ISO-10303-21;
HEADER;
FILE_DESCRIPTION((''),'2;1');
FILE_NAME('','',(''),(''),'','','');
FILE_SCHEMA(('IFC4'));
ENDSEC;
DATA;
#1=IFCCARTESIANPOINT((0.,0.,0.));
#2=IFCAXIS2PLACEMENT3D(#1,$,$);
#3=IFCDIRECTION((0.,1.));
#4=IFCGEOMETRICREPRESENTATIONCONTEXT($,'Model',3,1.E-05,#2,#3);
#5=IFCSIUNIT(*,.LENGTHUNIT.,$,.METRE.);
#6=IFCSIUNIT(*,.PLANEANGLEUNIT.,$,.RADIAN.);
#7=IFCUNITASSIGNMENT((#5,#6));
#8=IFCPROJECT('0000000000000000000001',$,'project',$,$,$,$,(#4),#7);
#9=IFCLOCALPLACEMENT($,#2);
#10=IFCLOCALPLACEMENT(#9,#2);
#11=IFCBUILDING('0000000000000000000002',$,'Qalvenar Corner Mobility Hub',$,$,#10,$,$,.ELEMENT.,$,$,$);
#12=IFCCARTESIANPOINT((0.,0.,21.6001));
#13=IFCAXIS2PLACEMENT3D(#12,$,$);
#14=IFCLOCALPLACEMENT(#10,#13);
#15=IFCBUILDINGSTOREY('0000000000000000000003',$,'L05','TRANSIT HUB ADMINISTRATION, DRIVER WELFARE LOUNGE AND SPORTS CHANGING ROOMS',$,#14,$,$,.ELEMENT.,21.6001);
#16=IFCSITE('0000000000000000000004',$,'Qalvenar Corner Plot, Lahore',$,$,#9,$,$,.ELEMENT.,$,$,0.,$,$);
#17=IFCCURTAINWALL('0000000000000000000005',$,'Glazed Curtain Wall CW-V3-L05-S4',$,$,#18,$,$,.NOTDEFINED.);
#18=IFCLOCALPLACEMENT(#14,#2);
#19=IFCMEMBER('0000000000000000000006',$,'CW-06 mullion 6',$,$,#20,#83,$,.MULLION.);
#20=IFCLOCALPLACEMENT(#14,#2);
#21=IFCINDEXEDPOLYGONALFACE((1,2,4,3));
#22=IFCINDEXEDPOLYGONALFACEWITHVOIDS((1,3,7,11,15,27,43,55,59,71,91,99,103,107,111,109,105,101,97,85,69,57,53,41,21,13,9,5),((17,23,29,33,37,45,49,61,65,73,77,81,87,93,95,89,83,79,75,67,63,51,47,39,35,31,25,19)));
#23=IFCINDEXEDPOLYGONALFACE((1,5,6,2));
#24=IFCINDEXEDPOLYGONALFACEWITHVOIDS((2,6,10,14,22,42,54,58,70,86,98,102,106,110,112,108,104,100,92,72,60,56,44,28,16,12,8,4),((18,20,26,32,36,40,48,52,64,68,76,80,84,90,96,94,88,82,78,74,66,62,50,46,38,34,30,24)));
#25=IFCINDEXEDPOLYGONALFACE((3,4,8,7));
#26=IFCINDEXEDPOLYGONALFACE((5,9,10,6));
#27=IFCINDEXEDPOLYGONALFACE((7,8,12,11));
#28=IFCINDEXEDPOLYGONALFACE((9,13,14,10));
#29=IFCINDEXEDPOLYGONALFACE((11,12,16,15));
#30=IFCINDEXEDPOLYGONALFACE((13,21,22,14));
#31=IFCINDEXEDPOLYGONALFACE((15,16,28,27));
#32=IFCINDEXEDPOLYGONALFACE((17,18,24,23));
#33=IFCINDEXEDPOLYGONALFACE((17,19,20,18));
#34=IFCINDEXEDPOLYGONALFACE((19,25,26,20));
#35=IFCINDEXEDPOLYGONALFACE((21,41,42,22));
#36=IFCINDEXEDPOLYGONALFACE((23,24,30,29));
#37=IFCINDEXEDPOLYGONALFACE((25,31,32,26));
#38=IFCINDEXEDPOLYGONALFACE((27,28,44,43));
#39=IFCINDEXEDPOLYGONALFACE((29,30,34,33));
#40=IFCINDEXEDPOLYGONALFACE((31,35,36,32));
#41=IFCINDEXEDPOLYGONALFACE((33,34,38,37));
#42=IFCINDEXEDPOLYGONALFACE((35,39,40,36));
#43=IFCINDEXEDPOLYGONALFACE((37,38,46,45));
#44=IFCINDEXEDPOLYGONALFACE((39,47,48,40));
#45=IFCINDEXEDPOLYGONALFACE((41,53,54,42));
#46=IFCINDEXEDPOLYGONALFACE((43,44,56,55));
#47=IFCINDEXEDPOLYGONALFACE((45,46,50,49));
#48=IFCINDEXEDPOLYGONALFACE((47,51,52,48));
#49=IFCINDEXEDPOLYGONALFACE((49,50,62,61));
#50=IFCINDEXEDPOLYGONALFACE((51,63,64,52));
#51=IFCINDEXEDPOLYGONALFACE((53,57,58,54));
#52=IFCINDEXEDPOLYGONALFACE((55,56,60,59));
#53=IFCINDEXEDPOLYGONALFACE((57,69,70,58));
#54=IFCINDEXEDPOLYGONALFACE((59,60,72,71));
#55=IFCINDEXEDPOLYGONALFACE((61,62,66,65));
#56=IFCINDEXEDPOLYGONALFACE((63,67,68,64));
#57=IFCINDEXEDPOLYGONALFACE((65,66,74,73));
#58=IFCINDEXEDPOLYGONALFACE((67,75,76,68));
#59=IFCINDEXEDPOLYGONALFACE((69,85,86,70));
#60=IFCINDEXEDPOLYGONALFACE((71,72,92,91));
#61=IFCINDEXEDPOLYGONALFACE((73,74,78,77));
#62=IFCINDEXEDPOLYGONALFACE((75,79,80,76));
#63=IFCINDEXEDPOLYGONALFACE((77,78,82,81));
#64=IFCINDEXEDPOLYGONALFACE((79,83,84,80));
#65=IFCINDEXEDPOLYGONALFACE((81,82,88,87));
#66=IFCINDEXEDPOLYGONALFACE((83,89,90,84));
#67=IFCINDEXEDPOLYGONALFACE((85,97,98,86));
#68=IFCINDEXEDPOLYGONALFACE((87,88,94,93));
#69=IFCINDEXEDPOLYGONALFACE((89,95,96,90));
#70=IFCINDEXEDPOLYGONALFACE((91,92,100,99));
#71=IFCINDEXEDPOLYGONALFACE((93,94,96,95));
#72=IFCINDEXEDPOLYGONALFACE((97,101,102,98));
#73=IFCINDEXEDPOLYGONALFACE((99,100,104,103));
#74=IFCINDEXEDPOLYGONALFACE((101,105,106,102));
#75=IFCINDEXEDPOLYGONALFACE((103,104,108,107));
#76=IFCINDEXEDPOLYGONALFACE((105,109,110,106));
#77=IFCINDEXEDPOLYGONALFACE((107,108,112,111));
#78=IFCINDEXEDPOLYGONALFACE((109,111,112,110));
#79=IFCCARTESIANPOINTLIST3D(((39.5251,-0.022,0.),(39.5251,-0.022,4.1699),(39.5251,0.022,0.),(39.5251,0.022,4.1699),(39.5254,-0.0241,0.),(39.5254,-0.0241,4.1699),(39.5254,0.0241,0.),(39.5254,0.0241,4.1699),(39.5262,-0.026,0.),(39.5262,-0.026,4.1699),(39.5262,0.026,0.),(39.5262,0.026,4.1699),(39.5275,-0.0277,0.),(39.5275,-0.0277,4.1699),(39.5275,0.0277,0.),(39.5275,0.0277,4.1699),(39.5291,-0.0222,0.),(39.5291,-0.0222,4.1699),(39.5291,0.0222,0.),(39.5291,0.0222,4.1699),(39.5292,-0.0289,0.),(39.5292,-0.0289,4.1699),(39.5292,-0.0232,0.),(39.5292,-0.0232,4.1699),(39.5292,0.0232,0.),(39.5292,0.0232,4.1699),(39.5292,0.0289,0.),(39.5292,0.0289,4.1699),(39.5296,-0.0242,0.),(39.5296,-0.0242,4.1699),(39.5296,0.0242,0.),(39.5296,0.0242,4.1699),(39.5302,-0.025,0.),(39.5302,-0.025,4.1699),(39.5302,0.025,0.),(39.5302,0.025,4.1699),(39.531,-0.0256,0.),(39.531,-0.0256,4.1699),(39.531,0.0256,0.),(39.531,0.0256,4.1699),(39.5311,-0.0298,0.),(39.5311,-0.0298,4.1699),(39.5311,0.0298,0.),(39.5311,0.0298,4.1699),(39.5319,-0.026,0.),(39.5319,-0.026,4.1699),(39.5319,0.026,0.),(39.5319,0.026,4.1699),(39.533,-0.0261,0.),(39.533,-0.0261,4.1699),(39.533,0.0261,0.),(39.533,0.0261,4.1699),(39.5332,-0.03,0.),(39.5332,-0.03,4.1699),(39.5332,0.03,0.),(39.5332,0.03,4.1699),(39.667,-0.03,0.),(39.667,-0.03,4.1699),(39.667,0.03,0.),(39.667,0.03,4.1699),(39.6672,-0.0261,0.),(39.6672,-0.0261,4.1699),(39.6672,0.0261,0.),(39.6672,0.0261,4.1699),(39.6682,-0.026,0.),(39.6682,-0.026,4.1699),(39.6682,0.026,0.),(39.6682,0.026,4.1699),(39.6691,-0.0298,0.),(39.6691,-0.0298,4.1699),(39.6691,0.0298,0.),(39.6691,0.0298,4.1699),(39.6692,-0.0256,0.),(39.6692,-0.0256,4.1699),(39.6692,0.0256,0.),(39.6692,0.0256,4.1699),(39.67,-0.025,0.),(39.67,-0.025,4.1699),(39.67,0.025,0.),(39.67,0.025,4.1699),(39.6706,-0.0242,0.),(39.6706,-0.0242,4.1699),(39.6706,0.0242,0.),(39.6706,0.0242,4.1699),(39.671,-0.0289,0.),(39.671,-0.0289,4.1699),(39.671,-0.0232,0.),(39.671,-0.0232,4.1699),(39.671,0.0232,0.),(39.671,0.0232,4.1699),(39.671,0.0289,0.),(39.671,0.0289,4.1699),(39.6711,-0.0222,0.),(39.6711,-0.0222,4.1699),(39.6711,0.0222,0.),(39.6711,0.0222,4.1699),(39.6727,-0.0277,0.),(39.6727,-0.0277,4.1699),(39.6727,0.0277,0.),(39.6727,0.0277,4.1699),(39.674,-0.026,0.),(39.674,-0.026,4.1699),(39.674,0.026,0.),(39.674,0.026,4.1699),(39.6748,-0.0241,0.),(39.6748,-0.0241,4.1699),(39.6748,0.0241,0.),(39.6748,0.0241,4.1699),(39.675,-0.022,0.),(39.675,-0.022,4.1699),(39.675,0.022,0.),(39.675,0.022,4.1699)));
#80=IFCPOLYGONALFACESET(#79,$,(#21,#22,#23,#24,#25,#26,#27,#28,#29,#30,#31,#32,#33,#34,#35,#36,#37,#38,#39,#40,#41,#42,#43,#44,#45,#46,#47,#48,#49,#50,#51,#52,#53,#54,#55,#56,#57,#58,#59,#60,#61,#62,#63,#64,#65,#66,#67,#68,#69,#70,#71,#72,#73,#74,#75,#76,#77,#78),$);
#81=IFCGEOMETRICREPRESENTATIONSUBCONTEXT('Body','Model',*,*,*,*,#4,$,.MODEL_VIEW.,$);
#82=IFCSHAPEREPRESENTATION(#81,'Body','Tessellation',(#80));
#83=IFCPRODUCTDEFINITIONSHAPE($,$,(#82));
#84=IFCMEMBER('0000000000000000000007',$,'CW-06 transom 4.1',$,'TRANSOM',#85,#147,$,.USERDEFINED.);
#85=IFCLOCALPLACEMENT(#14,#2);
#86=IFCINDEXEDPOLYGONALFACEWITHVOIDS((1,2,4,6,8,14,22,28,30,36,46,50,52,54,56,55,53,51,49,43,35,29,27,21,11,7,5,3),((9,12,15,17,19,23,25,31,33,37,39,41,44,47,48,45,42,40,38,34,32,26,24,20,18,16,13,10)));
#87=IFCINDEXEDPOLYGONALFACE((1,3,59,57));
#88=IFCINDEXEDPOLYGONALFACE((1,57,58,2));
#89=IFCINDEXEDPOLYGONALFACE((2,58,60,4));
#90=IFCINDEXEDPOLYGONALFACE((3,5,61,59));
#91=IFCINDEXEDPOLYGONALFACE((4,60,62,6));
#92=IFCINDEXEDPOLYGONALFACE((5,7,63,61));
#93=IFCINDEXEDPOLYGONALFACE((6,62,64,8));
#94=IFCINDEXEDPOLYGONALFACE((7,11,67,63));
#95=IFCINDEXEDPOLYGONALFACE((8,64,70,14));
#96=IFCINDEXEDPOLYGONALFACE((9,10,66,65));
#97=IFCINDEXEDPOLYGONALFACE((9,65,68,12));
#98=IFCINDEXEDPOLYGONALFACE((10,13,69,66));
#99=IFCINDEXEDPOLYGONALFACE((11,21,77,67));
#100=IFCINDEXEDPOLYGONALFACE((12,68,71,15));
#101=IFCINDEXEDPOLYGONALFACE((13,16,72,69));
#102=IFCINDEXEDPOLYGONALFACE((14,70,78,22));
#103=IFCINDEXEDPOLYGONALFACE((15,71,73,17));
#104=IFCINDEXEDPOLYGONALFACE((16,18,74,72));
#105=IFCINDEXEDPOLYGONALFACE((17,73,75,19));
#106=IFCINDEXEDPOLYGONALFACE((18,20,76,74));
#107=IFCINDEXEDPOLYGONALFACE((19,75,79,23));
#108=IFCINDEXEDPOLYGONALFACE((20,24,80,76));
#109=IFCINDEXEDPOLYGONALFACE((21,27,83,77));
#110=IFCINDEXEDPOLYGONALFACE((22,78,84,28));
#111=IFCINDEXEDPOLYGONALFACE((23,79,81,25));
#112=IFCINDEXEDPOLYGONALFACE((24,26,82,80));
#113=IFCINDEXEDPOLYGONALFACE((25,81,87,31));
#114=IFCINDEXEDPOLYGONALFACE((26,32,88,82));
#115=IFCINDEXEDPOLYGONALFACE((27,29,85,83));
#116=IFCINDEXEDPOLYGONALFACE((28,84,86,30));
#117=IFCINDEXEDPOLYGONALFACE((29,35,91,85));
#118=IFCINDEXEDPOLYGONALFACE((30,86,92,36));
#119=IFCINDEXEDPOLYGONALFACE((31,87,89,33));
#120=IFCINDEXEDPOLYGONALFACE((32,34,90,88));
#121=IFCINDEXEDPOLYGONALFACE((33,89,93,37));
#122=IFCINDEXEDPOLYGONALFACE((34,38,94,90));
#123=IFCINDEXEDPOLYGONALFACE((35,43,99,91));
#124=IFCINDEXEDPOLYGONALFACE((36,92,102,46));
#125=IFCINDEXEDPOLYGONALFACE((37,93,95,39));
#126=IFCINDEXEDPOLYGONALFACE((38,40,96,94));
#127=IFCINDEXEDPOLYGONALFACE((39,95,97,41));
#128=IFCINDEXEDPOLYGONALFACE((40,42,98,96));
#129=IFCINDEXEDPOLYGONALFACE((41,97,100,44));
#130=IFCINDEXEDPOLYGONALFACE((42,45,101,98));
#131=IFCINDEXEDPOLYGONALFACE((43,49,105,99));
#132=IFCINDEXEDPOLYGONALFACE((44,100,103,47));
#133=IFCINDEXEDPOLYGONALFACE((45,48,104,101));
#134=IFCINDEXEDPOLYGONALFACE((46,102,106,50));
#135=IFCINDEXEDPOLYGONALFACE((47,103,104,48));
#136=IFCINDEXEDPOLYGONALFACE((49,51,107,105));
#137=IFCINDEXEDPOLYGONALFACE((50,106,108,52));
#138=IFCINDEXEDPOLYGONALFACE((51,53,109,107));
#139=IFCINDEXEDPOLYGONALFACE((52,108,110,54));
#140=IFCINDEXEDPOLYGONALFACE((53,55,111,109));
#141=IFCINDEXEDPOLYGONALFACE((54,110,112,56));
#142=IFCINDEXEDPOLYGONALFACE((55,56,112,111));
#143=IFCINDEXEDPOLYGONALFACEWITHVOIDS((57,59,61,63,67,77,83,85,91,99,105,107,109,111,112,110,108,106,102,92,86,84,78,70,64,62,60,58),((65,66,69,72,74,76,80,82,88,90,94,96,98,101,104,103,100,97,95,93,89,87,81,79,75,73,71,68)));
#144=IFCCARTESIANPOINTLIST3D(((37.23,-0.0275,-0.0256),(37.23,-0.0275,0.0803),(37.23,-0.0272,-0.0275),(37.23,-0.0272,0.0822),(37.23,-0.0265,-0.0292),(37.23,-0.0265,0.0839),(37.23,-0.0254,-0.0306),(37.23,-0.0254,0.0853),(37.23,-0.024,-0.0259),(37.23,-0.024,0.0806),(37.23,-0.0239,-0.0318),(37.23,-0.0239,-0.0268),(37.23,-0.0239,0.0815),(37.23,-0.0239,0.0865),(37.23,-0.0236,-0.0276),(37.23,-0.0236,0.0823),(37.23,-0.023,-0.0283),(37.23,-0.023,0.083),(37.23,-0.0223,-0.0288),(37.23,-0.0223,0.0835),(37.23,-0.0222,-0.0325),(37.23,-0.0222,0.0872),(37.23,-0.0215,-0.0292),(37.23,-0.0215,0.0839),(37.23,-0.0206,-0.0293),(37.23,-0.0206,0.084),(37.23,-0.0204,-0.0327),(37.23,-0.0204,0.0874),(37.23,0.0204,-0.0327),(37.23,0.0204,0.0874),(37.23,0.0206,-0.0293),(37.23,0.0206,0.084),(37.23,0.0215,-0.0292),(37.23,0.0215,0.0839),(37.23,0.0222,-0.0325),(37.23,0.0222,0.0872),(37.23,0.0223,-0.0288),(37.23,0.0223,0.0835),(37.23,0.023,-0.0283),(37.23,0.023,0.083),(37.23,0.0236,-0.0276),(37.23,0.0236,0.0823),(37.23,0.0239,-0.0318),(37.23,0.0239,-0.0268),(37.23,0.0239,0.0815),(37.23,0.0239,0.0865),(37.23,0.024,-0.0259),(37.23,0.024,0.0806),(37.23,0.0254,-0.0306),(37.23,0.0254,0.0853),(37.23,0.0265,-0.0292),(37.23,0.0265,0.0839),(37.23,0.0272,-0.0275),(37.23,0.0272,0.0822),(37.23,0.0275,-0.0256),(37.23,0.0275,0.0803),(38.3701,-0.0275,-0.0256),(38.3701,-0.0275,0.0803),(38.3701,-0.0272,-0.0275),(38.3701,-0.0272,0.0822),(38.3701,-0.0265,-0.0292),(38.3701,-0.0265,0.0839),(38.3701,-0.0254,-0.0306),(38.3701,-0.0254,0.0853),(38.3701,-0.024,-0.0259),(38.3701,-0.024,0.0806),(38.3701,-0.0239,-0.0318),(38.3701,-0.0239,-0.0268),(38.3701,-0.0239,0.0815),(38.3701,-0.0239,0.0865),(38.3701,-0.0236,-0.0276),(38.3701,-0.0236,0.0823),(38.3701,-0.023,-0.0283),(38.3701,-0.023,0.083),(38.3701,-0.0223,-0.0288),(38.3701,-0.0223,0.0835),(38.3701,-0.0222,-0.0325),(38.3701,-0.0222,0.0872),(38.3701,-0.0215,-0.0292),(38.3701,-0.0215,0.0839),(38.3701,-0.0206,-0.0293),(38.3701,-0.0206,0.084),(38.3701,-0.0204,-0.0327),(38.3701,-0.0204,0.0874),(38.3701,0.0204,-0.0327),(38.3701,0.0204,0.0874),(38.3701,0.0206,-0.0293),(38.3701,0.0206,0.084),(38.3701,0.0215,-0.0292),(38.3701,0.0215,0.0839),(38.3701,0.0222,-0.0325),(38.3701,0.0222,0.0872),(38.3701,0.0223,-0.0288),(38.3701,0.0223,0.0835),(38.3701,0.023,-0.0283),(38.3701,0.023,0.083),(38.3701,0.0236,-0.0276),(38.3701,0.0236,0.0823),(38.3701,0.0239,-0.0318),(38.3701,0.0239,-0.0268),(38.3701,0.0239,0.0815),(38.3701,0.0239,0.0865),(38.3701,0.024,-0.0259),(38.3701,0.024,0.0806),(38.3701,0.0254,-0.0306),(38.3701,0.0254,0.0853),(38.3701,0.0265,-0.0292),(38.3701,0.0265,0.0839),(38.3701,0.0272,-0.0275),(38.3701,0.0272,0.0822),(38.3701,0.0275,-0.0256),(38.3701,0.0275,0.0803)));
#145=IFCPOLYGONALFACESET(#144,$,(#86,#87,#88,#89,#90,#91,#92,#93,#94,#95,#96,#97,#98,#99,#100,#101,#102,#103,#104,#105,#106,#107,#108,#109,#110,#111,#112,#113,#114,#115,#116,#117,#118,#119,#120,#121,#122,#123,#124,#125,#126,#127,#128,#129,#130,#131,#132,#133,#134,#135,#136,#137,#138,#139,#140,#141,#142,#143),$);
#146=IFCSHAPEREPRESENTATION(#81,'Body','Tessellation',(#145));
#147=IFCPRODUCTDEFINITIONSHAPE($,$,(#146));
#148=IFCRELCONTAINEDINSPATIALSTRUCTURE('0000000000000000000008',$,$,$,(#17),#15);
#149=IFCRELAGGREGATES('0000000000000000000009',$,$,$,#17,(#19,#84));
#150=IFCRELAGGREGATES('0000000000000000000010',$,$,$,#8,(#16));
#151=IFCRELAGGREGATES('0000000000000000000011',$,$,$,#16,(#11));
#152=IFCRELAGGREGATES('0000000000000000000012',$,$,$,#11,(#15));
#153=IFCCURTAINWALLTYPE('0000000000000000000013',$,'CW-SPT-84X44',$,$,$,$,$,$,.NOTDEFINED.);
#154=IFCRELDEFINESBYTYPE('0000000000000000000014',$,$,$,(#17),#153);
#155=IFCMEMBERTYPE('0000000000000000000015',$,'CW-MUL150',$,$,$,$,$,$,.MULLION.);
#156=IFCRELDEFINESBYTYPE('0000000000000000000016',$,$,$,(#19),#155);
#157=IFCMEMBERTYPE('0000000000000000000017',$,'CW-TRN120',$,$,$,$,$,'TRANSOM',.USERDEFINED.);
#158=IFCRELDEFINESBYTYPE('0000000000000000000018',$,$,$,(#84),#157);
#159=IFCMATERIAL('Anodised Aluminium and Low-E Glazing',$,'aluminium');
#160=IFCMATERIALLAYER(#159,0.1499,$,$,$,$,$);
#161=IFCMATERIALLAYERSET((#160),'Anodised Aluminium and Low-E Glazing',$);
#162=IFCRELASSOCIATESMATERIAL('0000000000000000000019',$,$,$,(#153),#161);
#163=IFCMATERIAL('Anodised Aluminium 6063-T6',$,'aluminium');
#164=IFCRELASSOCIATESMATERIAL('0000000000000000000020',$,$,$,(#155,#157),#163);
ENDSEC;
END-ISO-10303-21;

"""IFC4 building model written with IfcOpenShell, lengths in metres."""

from ifc_helpers import new_model, si_unit, direction, frame, origin, origin_2d, place, context, subcontext, project, spatial, hollow_rectangle, extrude, material, layer, layer_set, material_profile, profile_set, type_object, element, aggregate, save


model = new_model("IFC4")

# Units and contexts
model_context = context("Model", 3, precision=1e-05, world=origin(), true_north=direction((0.0, 1.0)))
body_context = subcontext(model_context, "Body", "Model", "MODEL_VIEW")
ifc_project = project(units=[si_unit("LENGTHUNIT", "METRE"), si_unit("PLANEANGLEUNIT", "RADIAN")], contexts=[model_context])

# Site, building, storey
site_placement = place(None, origin())
site = spatial("IfcSite", under=ifc_project, at=site_placement, Name="Qalvenar Corner Plot, Lahore", CompositionType="ELEMENT", RefElevation=0.0)
building_placement = place(site_placement, origin())
building = spatial("IfcBuilding", under=site, at=building_placement, Name="Qalvenar Corner Mobility Hub", CompositionType="ELEMENT")
storey_placement = place(building_placement, frame((0.0, 0.0, 21.6001)))
storey = spatial("IfcBuildingStorey", under=building, at=storey_placement, Name="L05", Description="TRANSIT HUB ADMINISTRATION, DRIVER WELFARE LOUNGE AND SPORTS CHANGING ROOMS", CompositionType="ELEMENT", Elevation=21.6001)

# Curtain wall, members
ifc_material_1 = material(Name="Anodised Aluminium and Low-E Glazing", Category="aluminium")
ifc_layer_1 = layer(ifc_material_1, 0.1499)
ifc_layer_set_1 = layer_set([ifc_layer_1], Name="Anodised Aluminium and Low-E Glazing")
curtain_wall_type = type_object("IfcCurtainWallType", Name="CW-SPT-84X44", PredefinedType="NOTDEFINED", material=ifc_layer_set_1)
curtain_wall_placement = place(storey_placement, origin())
curtain_wall = element("IfcCurtainWall", 1, at=curtain_wall_placement, inside=storey, type_object=curtain_wall_type, Name="Glazed Curtain Wall CW-V3-L05-S4", PredefinedType="NOTDEFINED")
ifc_material_2 = material(Name="Anodised Aluminium 6063-T6", Category="aluminium")
ifc_material_profile_1 = material_profile(ifc_material_2, hollow_rectangle(XDim=0.0601, YDim=0.1499, WallThickness=0.0039, InnerFilletRadius=0.0039, OuterFilletRadius=0.0081, at=origin_2d()), Name="RHS150x60x4")
ifc_profile_set_1 = profile_set([ifc_material_profile_1], Name="Anodised Aluminium 6063-T6")
member_type_1 = type_object("IfcMemberType", Name="CW-MUL150", PredefinedType="MULLION", material=ifc_profile_set_1)
member_1_placement = place(storey_placement, frame((39.6001, 0.0, 0.0), z_axis=(0.0, 0.0, 1.0), x_axis=(0.0, 1.0, 0.0)))
member_1 = element("IfcMember", 2, at=member_1_placement, type_object=member_type_1, Name="CW-06 mullion 6", PredefinedType="MULLION", context=body_context, shape_type="SweptSolid", body=[
    extrude(hollow_rectangle(XDim=0.0601, YDim=0.1499, WallThickness=0.0039, InnerFilletRadius=0.0039, OuterFilletRadius=0.0081, at=origin_2d()), origin(), (0.0, 0.0, 1.0), 4.1699),
])
ifc_material_profile_2 = material_profile(ifc_material_2, hollow_rectangle(XDim=0.0549, YDim=0.1201, WallThickness=0.0034, InnerFilletRadius=0.0034, OuterFilletRadius=0.0071, at=origin_2d()), Name="RHS120x55x3.5")
ifc_profile_set_2 = profile_set([ifc_material_profile_2], Name="Anodised Aluminium 6063-T6")
member_type_2 = type_object("IfcMemberType", Name="CW-TRN120", ElementType="TRANSOM", PredefinedType="USERDEFINED", material=ifc_profile_set_2)
member_2_placement = place(storey_placement, frame((37.23, 0.0, 0.0273), z_axis=(1.0, 0.0, 0.0), x_axis=(0.0, 1.0, 0.0)))
member_2 = element("IfcMember", 3, at=member_2_placement, type_object=member_type_2, Name="CW-06 transom 4.1", ObjectType="TRANSOM", PredefinedType="USERDEFINED", context=body_context, shape_type="SweptSolid", body=[
    extrude(hollow_rectangle(XDim=0.0549, YDim=0.1201, WallThickness=0.0034, InnerFilletRadius=0.0034, OuterFilletRadius=0.0071, at=origin_2d()), origin(), (0.0, 0.0, 1.0), 1.1401),
])
aggregate(curtain_wall, [member_1, member_2])

save(model, "model.ifc")
